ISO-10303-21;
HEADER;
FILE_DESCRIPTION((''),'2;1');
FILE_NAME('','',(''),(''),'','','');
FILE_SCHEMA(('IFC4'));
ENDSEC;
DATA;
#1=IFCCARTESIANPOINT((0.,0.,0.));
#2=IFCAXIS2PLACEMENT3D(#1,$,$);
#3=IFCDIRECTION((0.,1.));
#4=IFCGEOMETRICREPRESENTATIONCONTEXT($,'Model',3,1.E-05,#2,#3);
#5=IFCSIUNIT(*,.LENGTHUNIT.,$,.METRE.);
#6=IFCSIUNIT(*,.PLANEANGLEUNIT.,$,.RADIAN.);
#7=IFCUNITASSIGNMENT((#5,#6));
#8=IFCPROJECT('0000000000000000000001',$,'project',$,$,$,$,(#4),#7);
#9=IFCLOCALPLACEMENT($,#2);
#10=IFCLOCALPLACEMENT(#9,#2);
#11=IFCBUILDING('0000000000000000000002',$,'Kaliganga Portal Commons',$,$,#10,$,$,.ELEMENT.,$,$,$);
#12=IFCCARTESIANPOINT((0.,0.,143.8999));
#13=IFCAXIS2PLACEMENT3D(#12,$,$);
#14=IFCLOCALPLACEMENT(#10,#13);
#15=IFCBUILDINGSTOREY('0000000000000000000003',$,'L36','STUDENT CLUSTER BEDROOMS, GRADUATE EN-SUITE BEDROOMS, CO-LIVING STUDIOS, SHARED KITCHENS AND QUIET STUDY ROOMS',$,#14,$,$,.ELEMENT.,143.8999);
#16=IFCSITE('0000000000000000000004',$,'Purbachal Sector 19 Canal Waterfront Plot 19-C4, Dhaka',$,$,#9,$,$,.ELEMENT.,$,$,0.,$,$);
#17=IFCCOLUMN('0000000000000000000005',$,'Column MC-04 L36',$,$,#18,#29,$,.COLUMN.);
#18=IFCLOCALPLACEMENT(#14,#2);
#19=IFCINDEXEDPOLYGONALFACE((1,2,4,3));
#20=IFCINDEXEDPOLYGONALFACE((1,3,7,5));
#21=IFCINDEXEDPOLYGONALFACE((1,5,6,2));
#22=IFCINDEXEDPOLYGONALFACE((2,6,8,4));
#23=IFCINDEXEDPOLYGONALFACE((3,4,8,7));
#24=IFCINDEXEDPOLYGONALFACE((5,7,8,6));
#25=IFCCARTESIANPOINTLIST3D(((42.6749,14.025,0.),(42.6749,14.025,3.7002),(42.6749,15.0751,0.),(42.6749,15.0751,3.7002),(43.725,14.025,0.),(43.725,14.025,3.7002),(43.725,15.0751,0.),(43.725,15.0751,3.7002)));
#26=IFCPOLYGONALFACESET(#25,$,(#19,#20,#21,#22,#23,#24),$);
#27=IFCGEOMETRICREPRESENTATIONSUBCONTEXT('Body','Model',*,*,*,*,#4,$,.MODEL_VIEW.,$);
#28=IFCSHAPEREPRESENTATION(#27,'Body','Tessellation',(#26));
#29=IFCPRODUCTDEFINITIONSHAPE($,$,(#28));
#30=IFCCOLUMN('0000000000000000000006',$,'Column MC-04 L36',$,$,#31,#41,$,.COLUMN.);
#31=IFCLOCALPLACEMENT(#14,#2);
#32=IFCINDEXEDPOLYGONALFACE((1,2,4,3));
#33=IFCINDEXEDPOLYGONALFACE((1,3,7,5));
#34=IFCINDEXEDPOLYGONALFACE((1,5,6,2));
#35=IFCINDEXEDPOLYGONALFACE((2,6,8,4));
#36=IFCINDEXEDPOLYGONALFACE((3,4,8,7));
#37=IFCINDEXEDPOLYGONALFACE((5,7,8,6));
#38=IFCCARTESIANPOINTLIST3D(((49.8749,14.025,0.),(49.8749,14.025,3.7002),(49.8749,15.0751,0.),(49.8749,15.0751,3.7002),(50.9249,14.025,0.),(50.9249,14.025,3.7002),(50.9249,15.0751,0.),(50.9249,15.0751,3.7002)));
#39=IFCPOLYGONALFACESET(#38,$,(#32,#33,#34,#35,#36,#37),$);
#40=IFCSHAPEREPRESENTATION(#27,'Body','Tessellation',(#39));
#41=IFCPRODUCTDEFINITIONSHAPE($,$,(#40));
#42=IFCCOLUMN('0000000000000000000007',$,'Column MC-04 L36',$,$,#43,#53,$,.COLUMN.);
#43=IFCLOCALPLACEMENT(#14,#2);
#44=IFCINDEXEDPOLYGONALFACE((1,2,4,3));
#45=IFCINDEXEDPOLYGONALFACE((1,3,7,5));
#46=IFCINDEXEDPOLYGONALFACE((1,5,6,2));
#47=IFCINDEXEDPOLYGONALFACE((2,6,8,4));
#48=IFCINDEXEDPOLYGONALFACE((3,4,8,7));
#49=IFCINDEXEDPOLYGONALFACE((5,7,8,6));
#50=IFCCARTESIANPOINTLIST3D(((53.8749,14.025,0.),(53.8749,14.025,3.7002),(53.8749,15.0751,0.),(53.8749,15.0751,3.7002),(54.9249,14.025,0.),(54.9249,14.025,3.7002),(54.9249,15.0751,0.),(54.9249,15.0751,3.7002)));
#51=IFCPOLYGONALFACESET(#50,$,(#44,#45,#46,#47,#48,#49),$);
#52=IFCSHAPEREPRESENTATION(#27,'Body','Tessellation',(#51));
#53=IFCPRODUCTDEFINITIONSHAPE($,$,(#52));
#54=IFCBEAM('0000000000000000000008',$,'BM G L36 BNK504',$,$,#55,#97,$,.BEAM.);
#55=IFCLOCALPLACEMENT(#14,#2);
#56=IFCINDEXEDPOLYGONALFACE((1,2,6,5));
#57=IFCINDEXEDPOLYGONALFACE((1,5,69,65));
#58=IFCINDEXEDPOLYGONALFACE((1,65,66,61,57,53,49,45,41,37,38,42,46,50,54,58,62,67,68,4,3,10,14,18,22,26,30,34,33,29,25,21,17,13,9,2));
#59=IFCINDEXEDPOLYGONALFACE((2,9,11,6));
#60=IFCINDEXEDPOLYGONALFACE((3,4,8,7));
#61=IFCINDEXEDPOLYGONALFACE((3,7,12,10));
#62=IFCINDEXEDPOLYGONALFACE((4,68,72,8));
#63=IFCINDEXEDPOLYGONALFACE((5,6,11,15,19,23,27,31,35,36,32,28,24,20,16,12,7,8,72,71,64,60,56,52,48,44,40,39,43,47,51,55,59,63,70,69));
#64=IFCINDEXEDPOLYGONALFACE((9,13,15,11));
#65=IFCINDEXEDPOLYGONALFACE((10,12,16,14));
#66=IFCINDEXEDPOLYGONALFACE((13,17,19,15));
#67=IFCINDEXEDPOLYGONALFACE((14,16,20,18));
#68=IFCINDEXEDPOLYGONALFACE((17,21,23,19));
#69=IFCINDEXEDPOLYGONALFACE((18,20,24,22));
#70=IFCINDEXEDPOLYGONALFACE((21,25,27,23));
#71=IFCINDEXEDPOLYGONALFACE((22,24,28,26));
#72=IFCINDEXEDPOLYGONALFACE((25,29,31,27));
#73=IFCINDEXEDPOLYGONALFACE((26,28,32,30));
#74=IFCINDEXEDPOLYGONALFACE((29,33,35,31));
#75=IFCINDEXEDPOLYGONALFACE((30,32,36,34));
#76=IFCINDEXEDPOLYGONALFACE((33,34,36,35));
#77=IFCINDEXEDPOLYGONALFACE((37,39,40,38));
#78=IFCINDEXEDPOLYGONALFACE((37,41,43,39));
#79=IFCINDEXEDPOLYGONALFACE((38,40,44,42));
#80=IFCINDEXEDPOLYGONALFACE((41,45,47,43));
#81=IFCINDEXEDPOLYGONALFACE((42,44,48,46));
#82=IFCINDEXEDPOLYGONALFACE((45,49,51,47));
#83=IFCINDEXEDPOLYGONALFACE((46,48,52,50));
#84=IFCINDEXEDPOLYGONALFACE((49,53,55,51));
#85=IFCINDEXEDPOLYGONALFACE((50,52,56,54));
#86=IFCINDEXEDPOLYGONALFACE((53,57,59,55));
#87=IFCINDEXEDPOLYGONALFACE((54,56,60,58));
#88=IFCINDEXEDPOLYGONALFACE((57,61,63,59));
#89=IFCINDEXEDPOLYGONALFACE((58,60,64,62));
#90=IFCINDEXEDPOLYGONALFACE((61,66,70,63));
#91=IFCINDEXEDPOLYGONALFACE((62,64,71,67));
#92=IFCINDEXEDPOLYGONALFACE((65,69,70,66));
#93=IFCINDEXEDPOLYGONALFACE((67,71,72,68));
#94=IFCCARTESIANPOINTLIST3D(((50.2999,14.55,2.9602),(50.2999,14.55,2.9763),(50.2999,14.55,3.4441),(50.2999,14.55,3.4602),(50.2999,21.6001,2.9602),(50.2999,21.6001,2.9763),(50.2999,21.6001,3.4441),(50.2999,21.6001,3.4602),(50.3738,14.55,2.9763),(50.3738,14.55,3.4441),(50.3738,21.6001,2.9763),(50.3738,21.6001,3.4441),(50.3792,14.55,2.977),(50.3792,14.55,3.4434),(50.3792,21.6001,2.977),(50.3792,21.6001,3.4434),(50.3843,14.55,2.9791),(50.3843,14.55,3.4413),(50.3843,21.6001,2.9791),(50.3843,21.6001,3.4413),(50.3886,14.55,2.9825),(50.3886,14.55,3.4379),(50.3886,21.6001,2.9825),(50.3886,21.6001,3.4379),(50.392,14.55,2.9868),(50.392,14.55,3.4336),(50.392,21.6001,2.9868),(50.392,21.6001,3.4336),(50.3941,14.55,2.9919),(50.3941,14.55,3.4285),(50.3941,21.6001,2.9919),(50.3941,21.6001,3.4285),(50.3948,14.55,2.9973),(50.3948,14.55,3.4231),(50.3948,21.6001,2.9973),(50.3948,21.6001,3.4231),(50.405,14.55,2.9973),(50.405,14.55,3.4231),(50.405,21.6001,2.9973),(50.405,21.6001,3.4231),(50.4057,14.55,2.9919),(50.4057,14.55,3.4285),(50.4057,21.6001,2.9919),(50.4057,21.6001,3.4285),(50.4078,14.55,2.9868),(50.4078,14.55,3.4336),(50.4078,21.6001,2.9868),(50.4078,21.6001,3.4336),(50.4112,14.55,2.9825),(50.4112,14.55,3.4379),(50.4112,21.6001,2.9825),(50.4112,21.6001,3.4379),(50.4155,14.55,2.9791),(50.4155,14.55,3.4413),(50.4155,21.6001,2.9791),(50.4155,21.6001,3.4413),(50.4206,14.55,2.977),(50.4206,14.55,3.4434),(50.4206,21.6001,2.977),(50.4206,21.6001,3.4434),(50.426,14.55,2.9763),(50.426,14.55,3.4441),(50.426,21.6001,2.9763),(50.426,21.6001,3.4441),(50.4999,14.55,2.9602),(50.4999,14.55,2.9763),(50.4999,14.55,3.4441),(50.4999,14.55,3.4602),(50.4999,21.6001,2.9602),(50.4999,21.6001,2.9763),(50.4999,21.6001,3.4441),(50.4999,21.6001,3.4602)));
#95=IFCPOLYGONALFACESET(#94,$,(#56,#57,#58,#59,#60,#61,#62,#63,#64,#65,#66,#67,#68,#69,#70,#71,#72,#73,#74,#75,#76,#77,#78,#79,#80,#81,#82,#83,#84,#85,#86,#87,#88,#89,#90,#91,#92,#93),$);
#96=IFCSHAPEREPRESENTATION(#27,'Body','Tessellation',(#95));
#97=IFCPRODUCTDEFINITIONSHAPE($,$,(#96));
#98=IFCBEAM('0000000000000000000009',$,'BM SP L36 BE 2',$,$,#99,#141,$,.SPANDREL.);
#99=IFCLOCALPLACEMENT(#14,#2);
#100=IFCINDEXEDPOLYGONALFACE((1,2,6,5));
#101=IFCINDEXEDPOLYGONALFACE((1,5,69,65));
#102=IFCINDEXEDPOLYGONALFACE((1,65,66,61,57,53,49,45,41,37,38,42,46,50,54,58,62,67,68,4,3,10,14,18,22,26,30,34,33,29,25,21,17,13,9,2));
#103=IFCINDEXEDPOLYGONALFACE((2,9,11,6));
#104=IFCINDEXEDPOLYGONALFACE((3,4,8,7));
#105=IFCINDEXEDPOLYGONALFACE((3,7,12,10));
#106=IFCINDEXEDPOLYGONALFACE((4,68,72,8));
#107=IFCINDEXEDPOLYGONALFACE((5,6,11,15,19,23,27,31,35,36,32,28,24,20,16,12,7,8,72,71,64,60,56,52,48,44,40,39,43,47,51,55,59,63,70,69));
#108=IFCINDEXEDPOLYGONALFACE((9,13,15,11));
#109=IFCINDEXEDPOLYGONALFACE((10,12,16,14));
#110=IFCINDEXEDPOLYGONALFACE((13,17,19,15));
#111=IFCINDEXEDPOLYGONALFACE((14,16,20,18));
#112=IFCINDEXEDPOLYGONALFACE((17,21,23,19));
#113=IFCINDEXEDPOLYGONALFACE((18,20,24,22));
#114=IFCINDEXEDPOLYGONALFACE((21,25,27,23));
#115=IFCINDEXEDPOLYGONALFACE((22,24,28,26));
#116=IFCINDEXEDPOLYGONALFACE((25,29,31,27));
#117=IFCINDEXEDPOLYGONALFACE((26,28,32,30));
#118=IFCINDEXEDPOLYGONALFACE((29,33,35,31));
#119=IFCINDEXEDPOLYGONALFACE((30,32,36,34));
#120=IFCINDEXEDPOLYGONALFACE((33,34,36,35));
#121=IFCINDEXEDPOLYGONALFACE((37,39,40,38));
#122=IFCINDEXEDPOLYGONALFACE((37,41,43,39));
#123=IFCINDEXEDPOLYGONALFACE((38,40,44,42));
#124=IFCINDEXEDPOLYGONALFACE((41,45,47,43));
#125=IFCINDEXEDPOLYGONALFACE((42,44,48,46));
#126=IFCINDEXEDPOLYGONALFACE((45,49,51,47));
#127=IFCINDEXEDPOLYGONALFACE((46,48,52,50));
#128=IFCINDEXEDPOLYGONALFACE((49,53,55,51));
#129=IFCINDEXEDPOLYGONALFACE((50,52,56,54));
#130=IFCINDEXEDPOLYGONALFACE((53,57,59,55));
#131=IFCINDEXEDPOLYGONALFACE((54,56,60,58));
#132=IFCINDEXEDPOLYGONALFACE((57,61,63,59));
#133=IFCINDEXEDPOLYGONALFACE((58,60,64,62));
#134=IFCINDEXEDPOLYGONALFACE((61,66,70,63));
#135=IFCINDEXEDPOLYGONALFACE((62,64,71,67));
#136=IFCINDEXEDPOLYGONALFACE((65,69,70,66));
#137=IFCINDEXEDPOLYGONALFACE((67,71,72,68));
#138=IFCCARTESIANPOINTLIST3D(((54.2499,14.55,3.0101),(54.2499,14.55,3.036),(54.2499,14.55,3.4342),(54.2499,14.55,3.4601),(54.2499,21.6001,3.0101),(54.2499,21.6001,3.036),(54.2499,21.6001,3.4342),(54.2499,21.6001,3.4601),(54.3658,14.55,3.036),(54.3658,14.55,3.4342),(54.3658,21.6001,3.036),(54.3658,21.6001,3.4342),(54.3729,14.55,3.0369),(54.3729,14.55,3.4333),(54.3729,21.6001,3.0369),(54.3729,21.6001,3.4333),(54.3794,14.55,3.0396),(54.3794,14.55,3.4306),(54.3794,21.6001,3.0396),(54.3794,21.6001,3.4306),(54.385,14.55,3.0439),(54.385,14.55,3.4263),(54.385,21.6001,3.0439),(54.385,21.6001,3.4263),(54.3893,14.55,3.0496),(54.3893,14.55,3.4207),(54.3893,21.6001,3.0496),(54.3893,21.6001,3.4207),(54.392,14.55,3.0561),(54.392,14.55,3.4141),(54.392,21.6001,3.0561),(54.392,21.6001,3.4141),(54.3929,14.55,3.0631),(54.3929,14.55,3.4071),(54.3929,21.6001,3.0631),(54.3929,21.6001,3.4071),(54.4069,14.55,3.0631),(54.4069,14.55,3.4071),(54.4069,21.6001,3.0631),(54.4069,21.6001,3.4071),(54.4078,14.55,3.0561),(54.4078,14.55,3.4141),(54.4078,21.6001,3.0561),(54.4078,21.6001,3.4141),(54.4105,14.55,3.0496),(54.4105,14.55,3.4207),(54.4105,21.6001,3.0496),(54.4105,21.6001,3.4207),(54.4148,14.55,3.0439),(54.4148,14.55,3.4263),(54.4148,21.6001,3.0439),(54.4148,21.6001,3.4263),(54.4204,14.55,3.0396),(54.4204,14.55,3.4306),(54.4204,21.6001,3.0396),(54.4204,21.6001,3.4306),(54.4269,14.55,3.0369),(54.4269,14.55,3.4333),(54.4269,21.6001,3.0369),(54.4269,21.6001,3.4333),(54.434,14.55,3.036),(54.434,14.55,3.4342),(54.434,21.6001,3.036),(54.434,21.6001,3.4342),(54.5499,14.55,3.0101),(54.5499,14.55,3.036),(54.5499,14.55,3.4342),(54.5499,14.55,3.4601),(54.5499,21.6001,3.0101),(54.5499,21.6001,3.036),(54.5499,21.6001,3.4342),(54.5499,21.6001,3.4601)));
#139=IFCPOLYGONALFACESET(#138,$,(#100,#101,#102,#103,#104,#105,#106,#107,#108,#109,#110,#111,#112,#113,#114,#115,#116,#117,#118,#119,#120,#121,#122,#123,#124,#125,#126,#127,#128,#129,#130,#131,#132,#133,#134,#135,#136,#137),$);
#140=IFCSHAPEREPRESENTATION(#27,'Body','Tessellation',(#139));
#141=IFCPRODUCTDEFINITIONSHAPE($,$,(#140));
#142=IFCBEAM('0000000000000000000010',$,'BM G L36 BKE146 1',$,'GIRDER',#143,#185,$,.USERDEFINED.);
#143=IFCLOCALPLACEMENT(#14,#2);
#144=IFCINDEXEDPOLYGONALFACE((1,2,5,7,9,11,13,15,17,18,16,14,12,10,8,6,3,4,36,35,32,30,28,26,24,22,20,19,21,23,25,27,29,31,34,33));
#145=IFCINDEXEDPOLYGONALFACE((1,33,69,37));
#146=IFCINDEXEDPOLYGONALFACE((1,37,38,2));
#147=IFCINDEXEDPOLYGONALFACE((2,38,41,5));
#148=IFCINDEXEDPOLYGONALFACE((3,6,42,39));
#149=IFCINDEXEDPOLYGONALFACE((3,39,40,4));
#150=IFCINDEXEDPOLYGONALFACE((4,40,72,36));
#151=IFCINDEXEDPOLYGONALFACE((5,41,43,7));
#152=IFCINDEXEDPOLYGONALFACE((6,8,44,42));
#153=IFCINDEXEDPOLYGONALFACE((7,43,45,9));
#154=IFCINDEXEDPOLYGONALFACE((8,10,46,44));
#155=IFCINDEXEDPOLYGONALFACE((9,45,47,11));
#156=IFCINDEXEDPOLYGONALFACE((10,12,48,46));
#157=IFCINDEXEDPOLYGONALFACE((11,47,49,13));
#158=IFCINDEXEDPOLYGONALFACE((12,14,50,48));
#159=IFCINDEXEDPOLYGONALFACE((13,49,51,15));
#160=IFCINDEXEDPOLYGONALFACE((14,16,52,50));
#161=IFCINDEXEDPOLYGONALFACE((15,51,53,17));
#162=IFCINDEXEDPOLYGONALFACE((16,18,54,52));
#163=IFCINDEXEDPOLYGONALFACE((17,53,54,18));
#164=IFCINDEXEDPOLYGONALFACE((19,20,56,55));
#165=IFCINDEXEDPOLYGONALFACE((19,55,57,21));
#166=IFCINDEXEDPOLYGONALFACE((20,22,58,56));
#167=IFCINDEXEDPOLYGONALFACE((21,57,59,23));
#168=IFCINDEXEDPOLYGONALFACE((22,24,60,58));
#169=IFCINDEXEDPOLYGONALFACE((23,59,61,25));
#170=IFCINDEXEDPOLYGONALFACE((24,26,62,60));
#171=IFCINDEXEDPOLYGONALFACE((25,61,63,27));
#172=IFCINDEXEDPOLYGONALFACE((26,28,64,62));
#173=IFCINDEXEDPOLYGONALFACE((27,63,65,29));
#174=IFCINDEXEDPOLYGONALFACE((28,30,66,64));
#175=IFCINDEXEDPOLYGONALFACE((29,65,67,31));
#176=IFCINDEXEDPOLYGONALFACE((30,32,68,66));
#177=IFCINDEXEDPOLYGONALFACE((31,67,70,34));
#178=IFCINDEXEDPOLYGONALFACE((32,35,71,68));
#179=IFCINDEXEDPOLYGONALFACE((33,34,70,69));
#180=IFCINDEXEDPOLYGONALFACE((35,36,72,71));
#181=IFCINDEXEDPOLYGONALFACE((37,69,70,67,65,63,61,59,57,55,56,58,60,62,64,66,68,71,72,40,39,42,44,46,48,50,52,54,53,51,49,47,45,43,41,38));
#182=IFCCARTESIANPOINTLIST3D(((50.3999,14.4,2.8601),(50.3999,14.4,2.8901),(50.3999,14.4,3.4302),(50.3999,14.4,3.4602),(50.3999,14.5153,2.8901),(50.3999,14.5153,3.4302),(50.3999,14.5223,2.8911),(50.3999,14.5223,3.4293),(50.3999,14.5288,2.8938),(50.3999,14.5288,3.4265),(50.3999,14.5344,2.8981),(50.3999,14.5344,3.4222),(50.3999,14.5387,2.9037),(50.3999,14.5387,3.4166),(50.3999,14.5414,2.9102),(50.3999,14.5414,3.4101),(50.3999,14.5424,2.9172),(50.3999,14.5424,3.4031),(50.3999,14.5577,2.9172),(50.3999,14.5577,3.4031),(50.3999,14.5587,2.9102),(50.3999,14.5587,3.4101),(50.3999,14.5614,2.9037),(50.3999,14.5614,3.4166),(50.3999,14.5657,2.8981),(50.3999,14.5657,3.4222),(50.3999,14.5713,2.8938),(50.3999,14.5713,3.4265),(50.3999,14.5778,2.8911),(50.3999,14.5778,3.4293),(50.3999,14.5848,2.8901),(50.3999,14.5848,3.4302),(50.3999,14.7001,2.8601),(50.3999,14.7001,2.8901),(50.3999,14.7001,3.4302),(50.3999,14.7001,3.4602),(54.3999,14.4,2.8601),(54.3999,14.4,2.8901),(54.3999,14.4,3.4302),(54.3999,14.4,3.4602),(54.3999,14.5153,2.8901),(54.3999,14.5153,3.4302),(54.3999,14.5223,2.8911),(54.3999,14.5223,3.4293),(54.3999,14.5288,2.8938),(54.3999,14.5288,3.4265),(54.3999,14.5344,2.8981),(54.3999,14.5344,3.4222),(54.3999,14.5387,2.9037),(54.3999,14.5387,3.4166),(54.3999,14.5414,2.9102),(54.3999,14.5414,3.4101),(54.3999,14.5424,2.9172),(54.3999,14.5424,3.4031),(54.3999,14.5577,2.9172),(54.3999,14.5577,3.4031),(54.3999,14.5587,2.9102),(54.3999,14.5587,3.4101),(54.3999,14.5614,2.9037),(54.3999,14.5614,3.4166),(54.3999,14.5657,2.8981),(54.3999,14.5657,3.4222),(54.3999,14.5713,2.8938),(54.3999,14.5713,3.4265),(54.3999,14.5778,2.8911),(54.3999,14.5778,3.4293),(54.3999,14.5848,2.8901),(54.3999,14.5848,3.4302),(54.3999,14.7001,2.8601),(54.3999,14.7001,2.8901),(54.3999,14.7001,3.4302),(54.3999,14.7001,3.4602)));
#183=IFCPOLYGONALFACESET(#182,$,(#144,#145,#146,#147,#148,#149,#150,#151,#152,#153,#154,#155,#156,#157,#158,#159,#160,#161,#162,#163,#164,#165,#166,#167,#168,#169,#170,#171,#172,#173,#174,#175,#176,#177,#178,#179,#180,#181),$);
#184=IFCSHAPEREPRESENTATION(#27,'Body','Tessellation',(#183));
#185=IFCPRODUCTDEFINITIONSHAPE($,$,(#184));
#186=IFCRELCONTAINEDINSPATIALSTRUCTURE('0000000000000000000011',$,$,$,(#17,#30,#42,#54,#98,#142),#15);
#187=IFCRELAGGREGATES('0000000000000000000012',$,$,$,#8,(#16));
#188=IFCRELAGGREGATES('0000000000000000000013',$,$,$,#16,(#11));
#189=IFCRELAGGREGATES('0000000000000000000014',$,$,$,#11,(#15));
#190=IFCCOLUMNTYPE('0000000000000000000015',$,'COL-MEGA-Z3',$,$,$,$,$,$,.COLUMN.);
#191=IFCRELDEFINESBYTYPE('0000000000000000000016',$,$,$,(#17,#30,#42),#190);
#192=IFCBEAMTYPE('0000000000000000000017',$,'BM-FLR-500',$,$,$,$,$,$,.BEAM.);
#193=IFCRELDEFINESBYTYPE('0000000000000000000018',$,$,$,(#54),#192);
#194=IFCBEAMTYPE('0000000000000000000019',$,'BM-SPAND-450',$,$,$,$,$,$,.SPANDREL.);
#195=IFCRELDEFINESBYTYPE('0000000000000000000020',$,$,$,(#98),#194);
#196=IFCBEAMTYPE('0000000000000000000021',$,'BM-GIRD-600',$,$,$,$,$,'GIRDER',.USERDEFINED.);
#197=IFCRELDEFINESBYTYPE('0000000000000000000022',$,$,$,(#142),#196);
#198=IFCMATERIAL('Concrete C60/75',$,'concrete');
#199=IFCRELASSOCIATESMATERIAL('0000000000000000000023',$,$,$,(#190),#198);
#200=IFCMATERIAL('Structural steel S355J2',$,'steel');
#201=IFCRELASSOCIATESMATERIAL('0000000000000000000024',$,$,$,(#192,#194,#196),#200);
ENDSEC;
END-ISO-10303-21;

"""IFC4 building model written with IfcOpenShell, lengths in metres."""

from ifc_helpers import new_model, si_unit, direction, frame, origin, origin_2d, place, context, subcontext, project, spatial, rectangle, i_section, extrude, source, transform, mapped, material, material_profile, profile_set, type_object, element, save


model = new_model("IFC4")

# Units and contexts
model_context = context("Model", 3, precision=1e-05, world=origin(), true_north=direction((0.0, 1.0)))
body_context = subcontext(model_context, "Body", "Model", "MODEL_VIEW")
ifc_project = project(units=[si_unit("LENGTHUNIT", "METRE"), si_unit("PLANEANGLEUNIT", "RADIAN")], contexts=[model_context])

# Site, building, storey
site_placement = place(None, origin())
site = spatial("IfcSite", under=ifc_project, at=site_placement, Name="Purbachal Sector 19 Canal Waterfront Plot 19-C4, Dhaka", CompositionType="ELEMENT", RefElevation=0.0)
building_placement = place(site_placement, origin())
building = spatial("IfcBuilding", under=site, at=building_placement, Name="Kaliganga Portal Commons", CompositionType="ELEMENT")
storey_placement = place(building_placement, frame((0.0, 0.0, 143.8999)))
storey = spatial("IfcBuildingStorey", under=building, at=storey_placement, Name="L36", Description="STUDENT CLUSTER BEDROOMS, GRADUATE EN-SUITE BEDROOMS, CO-LIVING STUDIOS, SHARED KITCHENS AND QUIET STUDY ROOMS", CompositionType="ELEMENT", Elevation=143.8999)

# Columns
ifc_material_1 = material(Name="Concrete C60/75", Category="concrete")
ifc_material_profile_1 = material_profile(ifc_material_1, rectangle(XDim=1.05, YDim=1.05, at=origin_2d()), Name="RC 1050x1050")
ifc_profile_set_1 = profile_set([ifc_material_profile_1], Name="Concrete C60/75")
column_type = type_object("IfcColumnType", Name="COL-MEGA-Z3", PredefinedType="COLUMN", material=ifc_profile_set_1)
shared_shape_1 = source(origin(), body_context, "Body", "SweptSolid", [
    extrude(rectangle(XDim=1.05, YDim=1.05, at=origin_2d()), origin(), (0.0, 0.0, 1.0), 3.7002),
])
for number, where, z_axis, x_axis, name in (
    (1, (43.2, 14.55, 0.0), (0.0, 0.0, 1.0), (1.0, 0.0, 0.0), "Column MC-04 L36"),
    (2, (50.3999, 14.55, 0.0), (0.0, 0.0, 1.0), (1.0, 0.0, 0.0), "Column MC-04 L36"),
    (3, (54.3999, 14.55, 0.0), (0.0, 0.0, 1.0), (1.0, 0.0, 0.0), "Column MC-04 L36"),
):
    element("IfcColumn", number, at=place(storey_placement, frame(where, z_axis=z_axis, x_axis=x_axis)), inside=storey, type_object=column_type, Name=name, PredefinedType="COLUMN", context=body_context, shape_type="MappedRepresentation", body=[
        mapped(shared_shape_1, transform((0.0, 0.0, 0.0), x_axis=(1.0, 0.0, 0.0), y_axis=(0.0, 1.0, 0.0), z_axis=(0.0, 0.0, 1.0), scale=1.0)),
    ])

# Beams
ifc_material_2 = material(Name="Structural steel S355J2", Category="steel")
ifc_material_profile_2 = material_profile(ifc_material_2, i_section(OverallWidth=0.2, OverallDepth=0.5, WebThickness=0.0103, FlangeThickness=0.0161, FilletRadius=0.021, at=origin_2d()), Name="IPE 500")
ifc_profile_set_2 = profile_set([ifc_material_profile_2], Name="Structural steel S355J2 wide-flange")
beam_type_1 = type_object("IfcBeamType", Name="BM-FLR-500", PredefinedType="BEAM", material=ifc_profile_set_2)
shared_shape_2 = source(origin(), body_context, "Body", "SweptSolid", [
    extrude(i_section(OverallWidth=0.2, OverallDepth=0.5, WebThickness=0.0103, FlangeThickness=0.0161, FilletRadius=0.021, at=origin_2d()), origin(), (0.0, 0.0, 1.0), 7.05),
])
beam_1_placement = place(storey_placement, frame((50.3999, 14.55, 3.2102), z_axis=(0.0, 1.0, 0.0), x_axis=(-1.0, 0.0, 0.0)))
element("IfcBeam", 4, at=beam_1_placement, inside=storey, type_object=beam_type_1, Name="BM G L36 BNK504", PredefinedType="BEAM", context=body_context, shape_type="MappedRepresentation", body=[
    mapped(shared_shape_2, transform((0.0, 0.0, 0.0), x_axis=(1.0, 0.0, 0.0), y_axis=(0.0, 1.0, 0.0), z_axis=(0.0, 0.0, 1.0), scale=1.0)),
])
ifc_material_profile_3 = material_profile(ifc_material_2, i_section(OverallWidth=0.3, OverallDepth=0.45, WebThickness=0.0139, FlangeThickness=0.0259, FilletRadius=0.0271, at=origin_2d()), Name="HE 450 B")
ifc_profile_set_3 = profile_set([ifc_material_profile_3], Name="Structural steel S355J2 wide-flange")
beam_type_2 = type_object("IfcBeamType", Name="BM-SPAND-450", PredefinedType="SPANDREL", material=ifc_profile_set_3)
shared_shape_3 = source(origin(), body_context, "Body", "SweptSolid", [
    extrude(i_section(OverallWidth=0.3, OverallDepth=0.45, WebThickness=0.0139, FlangeThickness=0.0259, FilletRadius=0.0271, at=origin_2d()), origin(), (0.0, 0.0, 1.0), 7.05),
])
beam_2_placement = place(storey_placement, frame((54.3999, 14.55, 3.2351), z_axis=(0.0, 1.0, 0.0), x_axis=(-1.0, 0.0, 0.0)))
element("IfcBeam", 5, at=beam_2_placement, inside=storey, type_object=beam_type_2, Name="BM SP L36 BE 2", PredefinedType="SPANDREL", context=body_context, shape_type="MappedRepresentation", body=[
    mapped(shared_shape_3, transform((0.0, 0.0, 0.0), x_axis=(1.0, 0.0, 0.0), y_axis=(0.0, 1.0, 0.0), z_axis=(0.0, 0.0, 1.0), scale=1.0)),
])
ifc_material_profile_4 = material_profile(ifc_material_2, i_section(OverallWidth=0.3, OverallDepth=0.6001, WebThickness=0.0154, FlangeThickness=0.03, FilletRadius=0.0271, at=origin_2d()), Name="HE 600 B")
ifc_profile_set_4 = profile_set([ifc_material_profile_4], Name="Structural steel S355J2 wide-flange")
beam_type_3 = type_object("IfcBeamType", Name="BM-GIRD-600", ElementType="GIRDER", PredefinedType="USERDEFINED", material=ifc_profile_set_4)
shared_shape_4 = source(origin(), body_context, "Body", "SweptSolid", [
    extrude(i_section(OverallWidth=0.3, OverallDepth=0.6001, WebThickness=0.0154, FlangeThickness=0.03, FilletRadius=0.0271, at=origin_2d()), origin(), (0.0, 0.0, 1.0), 4.0),
])
beam_3_placement = place(storey_placement, frame((50.3999, 14.55, 3.1602), z_axis=(1.0, 0.0, 0.0), x_axis=(0.0, 1.0, 0.0)))
element("IfcBeam", 6, at=beam_3_placement, inside=storey, type_object=beam_type_3, Name="BM G L36 BKE146 1", ObjectType="GIRDER", PredefinedType="USERDEFINED", context=body_context, shape_type="MappedRepresentation", body=[
    mapped(shared_shape_4, transform((0.0, 0.0, 0.0), x_axis=(1.0, 0.0, 0.0), y_axis=(0.0, 1.0, 0.0), z_axis=(0.0, 0.0, 1.0), scale=1.0)),
])

save(model, "model.ifc")
